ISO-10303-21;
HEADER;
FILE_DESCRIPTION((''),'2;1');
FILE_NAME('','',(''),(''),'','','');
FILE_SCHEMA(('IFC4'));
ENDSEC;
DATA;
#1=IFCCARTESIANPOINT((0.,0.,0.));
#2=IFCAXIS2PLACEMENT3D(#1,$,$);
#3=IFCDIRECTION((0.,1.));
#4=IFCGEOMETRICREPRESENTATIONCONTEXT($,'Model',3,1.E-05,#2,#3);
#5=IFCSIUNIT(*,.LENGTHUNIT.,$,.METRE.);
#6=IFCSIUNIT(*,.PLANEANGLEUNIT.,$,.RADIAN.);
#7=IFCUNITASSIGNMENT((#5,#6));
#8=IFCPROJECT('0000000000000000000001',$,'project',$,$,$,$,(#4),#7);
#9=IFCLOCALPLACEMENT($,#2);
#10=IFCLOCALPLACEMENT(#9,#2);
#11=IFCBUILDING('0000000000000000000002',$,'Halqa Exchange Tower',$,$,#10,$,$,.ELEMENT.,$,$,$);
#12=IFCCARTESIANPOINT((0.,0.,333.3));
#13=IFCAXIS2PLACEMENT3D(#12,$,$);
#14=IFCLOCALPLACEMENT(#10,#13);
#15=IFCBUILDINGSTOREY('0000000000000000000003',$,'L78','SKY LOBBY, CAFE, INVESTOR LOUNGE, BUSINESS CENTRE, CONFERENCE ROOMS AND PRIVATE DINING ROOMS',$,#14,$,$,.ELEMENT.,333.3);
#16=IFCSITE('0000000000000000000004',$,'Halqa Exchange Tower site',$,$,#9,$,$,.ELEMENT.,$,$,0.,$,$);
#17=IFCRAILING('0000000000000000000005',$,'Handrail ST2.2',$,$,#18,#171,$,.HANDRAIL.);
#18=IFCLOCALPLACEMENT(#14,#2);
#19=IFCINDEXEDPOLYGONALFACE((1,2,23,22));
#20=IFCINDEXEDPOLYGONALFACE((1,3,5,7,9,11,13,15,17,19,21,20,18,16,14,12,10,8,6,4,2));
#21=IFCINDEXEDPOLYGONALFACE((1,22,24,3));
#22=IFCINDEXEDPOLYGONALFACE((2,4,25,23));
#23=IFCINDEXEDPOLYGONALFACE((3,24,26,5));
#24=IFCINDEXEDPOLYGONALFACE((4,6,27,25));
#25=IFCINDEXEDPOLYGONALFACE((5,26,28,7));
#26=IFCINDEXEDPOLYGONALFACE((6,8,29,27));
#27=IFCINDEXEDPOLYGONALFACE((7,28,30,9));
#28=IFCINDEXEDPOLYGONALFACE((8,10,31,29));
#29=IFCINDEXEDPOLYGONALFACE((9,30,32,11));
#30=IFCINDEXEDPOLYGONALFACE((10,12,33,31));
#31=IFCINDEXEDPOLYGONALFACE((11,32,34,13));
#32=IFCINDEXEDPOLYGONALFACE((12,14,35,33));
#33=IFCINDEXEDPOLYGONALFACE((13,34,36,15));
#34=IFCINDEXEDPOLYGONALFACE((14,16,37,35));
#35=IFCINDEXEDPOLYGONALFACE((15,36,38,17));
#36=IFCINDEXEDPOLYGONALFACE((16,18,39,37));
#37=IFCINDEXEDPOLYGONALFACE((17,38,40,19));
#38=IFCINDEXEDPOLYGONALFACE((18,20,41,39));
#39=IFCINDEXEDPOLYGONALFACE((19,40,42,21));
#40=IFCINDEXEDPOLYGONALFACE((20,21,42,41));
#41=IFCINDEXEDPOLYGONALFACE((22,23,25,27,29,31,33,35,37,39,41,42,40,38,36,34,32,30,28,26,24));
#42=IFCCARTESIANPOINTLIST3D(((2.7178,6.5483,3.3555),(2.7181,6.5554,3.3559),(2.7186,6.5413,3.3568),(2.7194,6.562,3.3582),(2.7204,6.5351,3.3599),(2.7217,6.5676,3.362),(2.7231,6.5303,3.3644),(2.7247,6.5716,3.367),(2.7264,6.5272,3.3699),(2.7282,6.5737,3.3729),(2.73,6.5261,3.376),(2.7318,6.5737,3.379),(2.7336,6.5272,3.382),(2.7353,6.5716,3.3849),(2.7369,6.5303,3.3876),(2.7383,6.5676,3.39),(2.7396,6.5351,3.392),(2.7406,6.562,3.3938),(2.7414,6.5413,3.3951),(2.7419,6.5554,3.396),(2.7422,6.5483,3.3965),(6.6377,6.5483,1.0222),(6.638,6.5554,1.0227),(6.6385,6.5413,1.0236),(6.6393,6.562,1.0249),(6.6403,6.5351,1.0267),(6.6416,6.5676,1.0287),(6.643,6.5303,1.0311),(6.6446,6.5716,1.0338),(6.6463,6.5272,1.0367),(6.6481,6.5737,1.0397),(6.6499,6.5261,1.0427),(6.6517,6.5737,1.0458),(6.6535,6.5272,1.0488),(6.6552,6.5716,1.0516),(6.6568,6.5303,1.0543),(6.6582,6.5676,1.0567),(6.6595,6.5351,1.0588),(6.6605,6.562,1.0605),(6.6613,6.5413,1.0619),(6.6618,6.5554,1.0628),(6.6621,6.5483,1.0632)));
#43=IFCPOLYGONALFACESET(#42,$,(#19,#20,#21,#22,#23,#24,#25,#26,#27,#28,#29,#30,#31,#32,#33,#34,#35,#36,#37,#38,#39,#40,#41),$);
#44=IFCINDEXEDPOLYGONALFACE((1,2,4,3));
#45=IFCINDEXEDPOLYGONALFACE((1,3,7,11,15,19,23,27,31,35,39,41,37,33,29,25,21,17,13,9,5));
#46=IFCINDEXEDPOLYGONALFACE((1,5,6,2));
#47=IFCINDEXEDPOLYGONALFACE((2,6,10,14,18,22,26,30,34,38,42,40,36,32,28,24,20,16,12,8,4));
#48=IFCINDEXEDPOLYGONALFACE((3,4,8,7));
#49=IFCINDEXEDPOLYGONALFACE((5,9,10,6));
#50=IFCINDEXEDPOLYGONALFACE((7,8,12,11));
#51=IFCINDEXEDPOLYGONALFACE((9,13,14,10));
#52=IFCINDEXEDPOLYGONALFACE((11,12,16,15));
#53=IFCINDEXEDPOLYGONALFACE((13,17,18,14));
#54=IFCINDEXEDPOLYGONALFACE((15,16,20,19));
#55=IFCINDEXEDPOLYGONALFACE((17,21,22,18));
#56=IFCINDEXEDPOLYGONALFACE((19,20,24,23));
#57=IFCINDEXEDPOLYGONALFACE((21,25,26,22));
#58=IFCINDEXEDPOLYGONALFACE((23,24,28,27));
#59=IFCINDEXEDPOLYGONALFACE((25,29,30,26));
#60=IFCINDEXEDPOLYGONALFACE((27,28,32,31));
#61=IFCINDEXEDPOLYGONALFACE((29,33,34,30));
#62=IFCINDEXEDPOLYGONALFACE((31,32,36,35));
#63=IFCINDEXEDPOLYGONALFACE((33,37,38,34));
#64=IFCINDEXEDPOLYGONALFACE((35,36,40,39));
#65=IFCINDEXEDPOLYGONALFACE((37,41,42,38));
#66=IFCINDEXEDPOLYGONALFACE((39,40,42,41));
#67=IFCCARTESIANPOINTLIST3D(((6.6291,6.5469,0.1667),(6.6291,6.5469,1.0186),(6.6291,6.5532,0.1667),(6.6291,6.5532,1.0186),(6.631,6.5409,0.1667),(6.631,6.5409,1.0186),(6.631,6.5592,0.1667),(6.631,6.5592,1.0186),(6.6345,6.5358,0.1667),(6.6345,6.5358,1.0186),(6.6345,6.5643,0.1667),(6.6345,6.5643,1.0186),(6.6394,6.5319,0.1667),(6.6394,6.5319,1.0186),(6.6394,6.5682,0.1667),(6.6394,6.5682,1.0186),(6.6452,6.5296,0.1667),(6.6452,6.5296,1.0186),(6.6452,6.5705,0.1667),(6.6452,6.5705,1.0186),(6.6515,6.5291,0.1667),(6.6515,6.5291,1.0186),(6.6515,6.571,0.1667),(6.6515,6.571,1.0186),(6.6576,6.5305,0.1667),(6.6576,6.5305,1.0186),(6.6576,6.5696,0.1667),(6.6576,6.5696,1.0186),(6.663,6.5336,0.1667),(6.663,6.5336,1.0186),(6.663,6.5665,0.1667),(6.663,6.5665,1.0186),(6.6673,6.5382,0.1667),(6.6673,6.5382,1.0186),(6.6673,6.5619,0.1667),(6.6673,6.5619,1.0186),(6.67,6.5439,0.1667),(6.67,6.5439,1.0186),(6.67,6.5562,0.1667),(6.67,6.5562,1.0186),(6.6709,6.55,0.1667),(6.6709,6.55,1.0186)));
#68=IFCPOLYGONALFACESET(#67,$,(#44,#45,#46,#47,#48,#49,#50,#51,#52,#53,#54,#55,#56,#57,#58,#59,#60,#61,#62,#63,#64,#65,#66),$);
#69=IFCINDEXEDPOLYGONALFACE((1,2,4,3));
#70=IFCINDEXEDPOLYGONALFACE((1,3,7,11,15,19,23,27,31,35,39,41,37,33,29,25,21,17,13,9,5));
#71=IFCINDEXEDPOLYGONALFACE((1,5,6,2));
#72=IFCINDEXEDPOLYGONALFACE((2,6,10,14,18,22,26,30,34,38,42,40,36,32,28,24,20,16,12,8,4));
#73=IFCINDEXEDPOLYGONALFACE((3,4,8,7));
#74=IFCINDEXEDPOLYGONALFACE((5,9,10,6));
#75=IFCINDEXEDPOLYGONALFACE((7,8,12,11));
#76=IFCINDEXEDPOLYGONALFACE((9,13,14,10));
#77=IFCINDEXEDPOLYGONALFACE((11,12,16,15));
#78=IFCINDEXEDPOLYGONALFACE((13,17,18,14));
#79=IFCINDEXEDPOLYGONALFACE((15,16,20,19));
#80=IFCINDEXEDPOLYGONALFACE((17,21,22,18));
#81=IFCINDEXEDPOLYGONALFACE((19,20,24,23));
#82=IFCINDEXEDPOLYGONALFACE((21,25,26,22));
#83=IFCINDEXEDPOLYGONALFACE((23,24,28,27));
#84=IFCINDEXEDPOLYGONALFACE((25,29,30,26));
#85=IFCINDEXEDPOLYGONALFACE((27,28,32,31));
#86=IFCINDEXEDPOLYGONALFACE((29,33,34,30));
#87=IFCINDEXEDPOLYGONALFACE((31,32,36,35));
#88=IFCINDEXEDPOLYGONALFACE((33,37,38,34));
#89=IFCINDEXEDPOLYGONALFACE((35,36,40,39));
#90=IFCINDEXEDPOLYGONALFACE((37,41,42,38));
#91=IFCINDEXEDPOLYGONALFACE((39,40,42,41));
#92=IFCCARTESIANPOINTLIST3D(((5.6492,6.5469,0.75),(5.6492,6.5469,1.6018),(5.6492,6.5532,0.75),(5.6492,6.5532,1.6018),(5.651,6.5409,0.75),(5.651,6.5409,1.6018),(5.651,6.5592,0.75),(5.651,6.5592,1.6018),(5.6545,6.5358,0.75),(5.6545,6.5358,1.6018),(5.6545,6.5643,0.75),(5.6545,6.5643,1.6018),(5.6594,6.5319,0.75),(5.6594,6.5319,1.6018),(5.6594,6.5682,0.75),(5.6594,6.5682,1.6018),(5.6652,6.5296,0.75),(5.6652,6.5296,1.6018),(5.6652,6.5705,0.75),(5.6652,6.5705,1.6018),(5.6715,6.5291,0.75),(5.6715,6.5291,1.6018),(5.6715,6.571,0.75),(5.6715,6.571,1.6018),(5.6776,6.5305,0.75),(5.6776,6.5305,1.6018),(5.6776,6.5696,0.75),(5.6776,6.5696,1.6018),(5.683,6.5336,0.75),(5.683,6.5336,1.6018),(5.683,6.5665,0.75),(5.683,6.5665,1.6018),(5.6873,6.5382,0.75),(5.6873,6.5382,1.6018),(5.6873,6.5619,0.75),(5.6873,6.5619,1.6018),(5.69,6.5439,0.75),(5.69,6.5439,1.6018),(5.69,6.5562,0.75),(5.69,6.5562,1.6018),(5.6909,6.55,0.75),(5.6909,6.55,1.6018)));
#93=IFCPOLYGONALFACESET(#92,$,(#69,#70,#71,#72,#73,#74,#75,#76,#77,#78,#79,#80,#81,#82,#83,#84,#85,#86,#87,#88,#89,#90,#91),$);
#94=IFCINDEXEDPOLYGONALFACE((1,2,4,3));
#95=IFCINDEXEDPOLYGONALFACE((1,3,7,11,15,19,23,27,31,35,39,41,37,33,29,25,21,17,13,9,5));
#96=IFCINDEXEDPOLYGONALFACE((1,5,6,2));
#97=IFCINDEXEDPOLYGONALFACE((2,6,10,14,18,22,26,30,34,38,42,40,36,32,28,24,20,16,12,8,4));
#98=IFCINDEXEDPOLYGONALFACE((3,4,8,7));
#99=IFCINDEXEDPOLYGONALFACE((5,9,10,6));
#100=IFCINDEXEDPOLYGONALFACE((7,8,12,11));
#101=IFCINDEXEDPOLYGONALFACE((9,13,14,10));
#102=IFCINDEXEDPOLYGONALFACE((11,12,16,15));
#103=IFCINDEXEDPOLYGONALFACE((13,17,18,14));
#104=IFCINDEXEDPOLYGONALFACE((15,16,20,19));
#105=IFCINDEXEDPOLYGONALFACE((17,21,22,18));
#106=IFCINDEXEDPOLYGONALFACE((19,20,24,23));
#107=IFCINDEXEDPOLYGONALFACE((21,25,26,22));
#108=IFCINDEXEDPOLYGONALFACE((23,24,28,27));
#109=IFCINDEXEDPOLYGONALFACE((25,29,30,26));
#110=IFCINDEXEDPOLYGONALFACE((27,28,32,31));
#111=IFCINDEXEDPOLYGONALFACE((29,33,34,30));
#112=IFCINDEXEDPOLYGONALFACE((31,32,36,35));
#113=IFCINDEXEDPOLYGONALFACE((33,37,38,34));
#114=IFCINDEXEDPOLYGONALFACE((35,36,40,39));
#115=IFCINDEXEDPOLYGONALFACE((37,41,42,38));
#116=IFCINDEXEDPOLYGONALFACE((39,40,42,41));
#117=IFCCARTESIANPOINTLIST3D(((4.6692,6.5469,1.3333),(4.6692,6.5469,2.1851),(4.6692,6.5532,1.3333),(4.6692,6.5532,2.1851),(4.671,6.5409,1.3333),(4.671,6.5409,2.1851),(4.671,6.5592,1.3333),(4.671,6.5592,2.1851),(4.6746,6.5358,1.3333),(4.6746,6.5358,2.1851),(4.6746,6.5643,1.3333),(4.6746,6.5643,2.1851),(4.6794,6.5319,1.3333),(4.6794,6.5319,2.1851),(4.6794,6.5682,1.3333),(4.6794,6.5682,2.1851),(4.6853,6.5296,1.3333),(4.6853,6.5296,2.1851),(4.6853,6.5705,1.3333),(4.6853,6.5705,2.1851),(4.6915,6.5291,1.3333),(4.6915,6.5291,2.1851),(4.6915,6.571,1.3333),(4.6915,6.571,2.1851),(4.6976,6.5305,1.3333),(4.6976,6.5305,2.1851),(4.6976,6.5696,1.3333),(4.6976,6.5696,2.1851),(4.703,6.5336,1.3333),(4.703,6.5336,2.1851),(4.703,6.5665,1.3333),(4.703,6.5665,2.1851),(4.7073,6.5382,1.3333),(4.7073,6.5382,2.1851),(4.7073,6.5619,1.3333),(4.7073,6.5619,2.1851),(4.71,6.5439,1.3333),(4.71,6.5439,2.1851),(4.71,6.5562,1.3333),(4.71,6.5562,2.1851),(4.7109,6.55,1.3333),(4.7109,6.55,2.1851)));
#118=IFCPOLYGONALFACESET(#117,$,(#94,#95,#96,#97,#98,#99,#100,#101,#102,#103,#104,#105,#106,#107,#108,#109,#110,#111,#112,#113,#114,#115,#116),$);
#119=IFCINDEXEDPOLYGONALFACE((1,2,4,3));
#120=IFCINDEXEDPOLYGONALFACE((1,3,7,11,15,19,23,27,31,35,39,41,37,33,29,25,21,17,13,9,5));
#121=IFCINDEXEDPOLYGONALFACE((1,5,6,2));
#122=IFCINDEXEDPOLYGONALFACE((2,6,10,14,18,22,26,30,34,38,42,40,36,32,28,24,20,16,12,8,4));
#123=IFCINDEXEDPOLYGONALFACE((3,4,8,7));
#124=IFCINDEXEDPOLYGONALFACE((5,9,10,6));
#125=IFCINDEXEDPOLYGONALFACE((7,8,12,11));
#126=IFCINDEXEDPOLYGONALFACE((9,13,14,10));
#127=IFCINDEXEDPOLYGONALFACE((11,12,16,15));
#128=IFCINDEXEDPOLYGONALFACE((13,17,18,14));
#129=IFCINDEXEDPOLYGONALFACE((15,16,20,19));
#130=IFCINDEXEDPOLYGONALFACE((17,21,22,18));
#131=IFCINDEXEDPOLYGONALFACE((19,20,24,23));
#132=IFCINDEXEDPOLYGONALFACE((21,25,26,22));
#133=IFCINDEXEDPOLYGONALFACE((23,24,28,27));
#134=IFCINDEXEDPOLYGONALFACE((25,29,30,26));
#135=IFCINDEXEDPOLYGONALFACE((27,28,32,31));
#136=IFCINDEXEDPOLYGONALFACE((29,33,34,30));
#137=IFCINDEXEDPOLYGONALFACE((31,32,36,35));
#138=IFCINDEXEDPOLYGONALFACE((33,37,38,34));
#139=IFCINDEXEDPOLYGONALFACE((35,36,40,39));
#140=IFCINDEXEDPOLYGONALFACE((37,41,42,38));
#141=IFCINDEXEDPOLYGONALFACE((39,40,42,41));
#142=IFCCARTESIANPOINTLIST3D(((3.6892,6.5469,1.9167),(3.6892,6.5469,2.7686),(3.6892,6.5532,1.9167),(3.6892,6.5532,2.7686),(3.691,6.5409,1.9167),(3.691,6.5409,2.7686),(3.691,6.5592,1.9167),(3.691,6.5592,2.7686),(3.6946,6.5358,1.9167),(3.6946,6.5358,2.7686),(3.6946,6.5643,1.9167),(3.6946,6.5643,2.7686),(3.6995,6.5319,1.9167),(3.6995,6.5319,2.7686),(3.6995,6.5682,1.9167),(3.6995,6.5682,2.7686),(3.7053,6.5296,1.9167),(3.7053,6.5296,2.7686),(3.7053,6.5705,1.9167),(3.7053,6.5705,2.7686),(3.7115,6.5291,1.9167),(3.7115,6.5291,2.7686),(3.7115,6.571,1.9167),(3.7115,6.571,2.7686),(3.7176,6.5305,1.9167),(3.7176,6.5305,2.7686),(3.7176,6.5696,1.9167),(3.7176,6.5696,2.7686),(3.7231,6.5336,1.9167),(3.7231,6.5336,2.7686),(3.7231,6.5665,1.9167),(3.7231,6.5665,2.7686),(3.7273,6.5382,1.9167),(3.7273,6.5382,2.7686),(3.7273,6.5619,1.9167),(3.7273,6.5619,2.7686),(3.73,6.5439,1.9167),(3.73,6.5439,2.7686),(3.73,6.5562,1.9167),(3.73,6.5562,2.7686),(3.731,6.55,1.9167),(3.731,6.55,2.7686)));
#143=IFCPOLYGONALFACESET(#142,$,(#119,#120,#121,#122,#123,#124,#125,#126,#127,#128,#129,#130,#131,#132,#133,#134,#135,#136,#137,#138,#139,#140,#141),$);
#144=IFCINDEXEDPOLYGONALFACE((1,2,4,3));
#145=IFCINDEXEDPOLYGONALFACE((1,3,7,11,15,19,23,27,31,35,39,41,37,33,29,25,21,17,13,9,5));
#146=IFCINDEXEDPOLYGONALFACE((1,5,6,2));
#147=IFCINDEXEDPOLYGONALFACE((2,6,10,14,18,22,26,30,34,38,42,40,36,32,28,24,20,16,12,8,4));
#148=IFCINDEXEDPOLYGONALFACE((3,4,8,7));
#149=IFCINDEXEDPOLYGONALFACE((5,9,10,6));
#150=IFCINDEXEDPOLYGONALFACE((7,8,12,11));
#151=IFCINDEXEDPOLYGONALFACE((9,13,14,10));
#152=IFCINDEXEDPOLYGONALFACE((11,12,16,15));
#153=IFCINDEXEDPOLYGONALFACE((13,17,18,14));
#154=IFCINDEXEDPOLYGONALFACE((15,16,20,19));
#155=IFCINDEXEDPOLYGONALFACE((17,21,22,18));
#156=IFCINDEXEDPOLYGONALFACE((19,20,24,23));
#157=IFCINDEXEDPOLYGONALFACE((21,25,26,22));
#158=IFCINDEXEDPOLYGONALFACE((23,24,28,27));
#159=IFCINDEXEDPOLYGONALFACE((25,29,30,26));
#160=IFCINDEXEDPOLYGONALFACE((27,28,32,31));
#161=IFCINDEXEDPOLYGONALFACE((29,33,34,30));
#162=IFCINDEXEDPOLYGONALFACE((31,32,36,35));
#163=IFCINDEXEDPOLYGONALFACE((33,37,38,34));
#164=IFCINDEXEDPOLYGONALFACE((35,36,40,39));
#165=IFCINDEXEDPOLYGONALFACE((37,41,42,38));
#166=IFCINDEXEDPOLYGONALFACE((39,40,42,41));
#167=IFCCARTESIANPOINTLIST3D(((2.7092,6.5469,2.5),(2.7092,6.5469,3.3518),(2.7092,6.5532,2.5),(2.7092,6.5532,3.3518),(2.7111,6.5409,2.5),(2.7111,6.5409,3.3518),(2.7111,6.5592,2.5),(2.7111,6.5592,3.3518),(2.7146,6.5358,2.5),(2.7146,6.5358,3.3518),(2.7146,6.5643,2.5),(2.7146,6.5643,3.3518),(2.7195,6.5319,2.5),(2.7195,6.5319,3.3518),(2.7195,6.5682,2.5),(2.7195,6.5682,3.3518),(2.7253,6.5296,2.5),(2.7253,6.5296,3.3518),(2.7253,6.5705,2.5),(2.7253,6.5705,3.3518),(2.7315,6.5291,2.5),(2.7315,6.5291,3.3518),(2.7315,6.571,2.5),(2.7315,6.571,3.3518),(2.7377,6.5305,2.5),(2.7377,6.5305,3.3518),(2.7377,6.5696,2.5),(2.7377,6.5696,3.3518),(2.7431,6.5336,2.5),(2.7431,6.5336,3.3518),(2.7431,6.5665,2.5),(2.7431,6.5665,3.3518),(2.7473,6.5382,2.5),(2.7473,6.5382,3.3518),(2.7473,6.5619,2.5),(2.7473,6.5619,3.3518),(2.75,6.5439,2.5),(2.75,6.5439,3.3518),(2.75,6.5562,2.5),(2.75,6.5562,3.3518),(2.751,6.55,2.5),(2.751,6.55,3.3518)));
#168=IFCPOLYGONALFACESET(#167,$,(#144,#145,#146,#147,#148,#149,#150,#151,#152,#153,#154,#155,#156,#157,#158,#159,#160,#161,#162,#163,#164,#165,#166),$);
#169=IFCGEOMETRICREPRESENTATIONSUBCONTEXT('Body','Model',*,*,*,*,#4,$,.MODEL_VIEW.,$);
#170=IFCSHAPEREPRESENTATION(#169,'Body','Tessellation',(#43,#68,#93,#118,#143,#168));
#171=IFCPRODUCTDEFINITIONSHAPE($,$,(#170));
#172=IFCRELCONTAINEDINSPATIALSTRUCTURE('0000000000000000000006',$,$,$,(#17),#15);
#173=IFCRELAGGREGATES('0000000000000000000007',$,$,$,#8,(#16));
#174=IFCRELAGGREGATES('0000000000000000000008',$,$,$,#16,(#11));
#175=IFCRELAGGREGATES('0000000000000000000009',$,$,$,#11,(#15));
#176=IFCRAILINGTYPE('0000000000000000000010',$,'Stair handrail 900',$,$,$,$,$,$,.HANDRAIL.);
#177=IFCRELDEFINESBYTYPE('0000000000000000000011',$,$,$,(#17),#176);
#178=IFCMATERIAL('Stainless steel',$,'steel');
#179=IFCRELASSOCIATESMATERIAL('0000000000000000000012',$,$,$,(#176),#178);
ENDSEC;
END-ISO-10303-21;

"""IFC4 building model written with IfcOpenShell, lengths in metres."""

from ifc_helpers import new_model, si_unit, direction, frame, origin, origin_2d, place, context, subcontext, project, spatial, circle, extrude, material, type_object, element, save


model = new_model("IFC4")

# Units and contexts
model_context = context("Model", 3, precision=1e-05, world=origin(), true_north=direction((0.0, 1.0)))
body_context = subcontext(model_context, "Body", "Model", "MODEL_VIEW")
ifc_project = project(units=[si_unit("LENGTHUNIT", "METRE"), si_unit("PLANEANGLEUNIT", "RADIAN")], contexts=[model_context])

# Site, building, storey
site_placement = place(None, origin())
site = spatial("IfcSite", under=ifc_project, at=site_placement, Name="Halqa Exchange Tower site", CompositionType="ELEMENT", RefElevation=0.0)
building_placement = place(site_placement, origin())
building = spatial("IfcBuilding", under=site, at=building_placement, Name="Halqa Exchange Tower", CompositionType="ELEMENT")
storey_placement = place(building_placement, frame((0.0, 0.0, 333.3)))
storey = spatial("IfcBuildingStorey", under=building, at=storey_placement, Name="L78", Description="SKY LOBBY, CAFE, INVESTOR LOUNGE, BUSINESS CENTRE, CONFERENCE ROOMS AND PRIVATE DINING ROOMS", CompositionType="ELEMENT", Elevation=333.3)

# Railing
ifc_material_1 = material(Name="Stainless steel", Category="steel")
railing_type_1 = type_object("IfcRailingType", Name="Stair handrail 900", PredefinedType="HANDRAIL", material=ifc_material_1)
railing_1_placement = place(storey_placement, frame((6.6499, 6.55, 0.1667)))
element("IfcRailing", 1, at=railing_1_placement, inside=storey, type_object=railing_type_1, Name="Handrail ST2.2", PredefinedType="HANDRAIL", context=body_context, shape_type="SweptSolid", body=[
    extrude(circle(Radius=0.0239, at=origin_2d()), frame((0.0, 0.0, 0.876), z_axis=(-0.859296, 0.0, 0.511478), x_axis=(0.0, -1.0, 0.0)), (0.0, 0.0, 1.0), 4.5618),
    extrude(circle(Radius=0.021, at=origin_2d()), origin(), (0.0, 0.0, 1.0), 0.8518),
    extrude(circle(Radius=0.021, at=origin_2d()), frame((-0.98, 0.0, 0.5833)), (0.0, 0.0, 1.0), 0.8518),
    extrude(circle(Radius=0.021, at=origin_2d()), frame((-1.96, 0.0, 1.1665)), (0.0, 0.0, 1.0), 0.8518),
    extrude(circle(Radius=0.021, at=origin_2d()), frame((-2.9399, 0.0, 1.75)), (0.0, 0.0, 1.0), 0.8518),
    extrude(circle(Radius=0.021, at=origin_2d()), frame((-3.9199, 0.0, 2.3333)), (0.0, 0.0, 1.0), 0.8518),
])

save(model, "model.ifc")
